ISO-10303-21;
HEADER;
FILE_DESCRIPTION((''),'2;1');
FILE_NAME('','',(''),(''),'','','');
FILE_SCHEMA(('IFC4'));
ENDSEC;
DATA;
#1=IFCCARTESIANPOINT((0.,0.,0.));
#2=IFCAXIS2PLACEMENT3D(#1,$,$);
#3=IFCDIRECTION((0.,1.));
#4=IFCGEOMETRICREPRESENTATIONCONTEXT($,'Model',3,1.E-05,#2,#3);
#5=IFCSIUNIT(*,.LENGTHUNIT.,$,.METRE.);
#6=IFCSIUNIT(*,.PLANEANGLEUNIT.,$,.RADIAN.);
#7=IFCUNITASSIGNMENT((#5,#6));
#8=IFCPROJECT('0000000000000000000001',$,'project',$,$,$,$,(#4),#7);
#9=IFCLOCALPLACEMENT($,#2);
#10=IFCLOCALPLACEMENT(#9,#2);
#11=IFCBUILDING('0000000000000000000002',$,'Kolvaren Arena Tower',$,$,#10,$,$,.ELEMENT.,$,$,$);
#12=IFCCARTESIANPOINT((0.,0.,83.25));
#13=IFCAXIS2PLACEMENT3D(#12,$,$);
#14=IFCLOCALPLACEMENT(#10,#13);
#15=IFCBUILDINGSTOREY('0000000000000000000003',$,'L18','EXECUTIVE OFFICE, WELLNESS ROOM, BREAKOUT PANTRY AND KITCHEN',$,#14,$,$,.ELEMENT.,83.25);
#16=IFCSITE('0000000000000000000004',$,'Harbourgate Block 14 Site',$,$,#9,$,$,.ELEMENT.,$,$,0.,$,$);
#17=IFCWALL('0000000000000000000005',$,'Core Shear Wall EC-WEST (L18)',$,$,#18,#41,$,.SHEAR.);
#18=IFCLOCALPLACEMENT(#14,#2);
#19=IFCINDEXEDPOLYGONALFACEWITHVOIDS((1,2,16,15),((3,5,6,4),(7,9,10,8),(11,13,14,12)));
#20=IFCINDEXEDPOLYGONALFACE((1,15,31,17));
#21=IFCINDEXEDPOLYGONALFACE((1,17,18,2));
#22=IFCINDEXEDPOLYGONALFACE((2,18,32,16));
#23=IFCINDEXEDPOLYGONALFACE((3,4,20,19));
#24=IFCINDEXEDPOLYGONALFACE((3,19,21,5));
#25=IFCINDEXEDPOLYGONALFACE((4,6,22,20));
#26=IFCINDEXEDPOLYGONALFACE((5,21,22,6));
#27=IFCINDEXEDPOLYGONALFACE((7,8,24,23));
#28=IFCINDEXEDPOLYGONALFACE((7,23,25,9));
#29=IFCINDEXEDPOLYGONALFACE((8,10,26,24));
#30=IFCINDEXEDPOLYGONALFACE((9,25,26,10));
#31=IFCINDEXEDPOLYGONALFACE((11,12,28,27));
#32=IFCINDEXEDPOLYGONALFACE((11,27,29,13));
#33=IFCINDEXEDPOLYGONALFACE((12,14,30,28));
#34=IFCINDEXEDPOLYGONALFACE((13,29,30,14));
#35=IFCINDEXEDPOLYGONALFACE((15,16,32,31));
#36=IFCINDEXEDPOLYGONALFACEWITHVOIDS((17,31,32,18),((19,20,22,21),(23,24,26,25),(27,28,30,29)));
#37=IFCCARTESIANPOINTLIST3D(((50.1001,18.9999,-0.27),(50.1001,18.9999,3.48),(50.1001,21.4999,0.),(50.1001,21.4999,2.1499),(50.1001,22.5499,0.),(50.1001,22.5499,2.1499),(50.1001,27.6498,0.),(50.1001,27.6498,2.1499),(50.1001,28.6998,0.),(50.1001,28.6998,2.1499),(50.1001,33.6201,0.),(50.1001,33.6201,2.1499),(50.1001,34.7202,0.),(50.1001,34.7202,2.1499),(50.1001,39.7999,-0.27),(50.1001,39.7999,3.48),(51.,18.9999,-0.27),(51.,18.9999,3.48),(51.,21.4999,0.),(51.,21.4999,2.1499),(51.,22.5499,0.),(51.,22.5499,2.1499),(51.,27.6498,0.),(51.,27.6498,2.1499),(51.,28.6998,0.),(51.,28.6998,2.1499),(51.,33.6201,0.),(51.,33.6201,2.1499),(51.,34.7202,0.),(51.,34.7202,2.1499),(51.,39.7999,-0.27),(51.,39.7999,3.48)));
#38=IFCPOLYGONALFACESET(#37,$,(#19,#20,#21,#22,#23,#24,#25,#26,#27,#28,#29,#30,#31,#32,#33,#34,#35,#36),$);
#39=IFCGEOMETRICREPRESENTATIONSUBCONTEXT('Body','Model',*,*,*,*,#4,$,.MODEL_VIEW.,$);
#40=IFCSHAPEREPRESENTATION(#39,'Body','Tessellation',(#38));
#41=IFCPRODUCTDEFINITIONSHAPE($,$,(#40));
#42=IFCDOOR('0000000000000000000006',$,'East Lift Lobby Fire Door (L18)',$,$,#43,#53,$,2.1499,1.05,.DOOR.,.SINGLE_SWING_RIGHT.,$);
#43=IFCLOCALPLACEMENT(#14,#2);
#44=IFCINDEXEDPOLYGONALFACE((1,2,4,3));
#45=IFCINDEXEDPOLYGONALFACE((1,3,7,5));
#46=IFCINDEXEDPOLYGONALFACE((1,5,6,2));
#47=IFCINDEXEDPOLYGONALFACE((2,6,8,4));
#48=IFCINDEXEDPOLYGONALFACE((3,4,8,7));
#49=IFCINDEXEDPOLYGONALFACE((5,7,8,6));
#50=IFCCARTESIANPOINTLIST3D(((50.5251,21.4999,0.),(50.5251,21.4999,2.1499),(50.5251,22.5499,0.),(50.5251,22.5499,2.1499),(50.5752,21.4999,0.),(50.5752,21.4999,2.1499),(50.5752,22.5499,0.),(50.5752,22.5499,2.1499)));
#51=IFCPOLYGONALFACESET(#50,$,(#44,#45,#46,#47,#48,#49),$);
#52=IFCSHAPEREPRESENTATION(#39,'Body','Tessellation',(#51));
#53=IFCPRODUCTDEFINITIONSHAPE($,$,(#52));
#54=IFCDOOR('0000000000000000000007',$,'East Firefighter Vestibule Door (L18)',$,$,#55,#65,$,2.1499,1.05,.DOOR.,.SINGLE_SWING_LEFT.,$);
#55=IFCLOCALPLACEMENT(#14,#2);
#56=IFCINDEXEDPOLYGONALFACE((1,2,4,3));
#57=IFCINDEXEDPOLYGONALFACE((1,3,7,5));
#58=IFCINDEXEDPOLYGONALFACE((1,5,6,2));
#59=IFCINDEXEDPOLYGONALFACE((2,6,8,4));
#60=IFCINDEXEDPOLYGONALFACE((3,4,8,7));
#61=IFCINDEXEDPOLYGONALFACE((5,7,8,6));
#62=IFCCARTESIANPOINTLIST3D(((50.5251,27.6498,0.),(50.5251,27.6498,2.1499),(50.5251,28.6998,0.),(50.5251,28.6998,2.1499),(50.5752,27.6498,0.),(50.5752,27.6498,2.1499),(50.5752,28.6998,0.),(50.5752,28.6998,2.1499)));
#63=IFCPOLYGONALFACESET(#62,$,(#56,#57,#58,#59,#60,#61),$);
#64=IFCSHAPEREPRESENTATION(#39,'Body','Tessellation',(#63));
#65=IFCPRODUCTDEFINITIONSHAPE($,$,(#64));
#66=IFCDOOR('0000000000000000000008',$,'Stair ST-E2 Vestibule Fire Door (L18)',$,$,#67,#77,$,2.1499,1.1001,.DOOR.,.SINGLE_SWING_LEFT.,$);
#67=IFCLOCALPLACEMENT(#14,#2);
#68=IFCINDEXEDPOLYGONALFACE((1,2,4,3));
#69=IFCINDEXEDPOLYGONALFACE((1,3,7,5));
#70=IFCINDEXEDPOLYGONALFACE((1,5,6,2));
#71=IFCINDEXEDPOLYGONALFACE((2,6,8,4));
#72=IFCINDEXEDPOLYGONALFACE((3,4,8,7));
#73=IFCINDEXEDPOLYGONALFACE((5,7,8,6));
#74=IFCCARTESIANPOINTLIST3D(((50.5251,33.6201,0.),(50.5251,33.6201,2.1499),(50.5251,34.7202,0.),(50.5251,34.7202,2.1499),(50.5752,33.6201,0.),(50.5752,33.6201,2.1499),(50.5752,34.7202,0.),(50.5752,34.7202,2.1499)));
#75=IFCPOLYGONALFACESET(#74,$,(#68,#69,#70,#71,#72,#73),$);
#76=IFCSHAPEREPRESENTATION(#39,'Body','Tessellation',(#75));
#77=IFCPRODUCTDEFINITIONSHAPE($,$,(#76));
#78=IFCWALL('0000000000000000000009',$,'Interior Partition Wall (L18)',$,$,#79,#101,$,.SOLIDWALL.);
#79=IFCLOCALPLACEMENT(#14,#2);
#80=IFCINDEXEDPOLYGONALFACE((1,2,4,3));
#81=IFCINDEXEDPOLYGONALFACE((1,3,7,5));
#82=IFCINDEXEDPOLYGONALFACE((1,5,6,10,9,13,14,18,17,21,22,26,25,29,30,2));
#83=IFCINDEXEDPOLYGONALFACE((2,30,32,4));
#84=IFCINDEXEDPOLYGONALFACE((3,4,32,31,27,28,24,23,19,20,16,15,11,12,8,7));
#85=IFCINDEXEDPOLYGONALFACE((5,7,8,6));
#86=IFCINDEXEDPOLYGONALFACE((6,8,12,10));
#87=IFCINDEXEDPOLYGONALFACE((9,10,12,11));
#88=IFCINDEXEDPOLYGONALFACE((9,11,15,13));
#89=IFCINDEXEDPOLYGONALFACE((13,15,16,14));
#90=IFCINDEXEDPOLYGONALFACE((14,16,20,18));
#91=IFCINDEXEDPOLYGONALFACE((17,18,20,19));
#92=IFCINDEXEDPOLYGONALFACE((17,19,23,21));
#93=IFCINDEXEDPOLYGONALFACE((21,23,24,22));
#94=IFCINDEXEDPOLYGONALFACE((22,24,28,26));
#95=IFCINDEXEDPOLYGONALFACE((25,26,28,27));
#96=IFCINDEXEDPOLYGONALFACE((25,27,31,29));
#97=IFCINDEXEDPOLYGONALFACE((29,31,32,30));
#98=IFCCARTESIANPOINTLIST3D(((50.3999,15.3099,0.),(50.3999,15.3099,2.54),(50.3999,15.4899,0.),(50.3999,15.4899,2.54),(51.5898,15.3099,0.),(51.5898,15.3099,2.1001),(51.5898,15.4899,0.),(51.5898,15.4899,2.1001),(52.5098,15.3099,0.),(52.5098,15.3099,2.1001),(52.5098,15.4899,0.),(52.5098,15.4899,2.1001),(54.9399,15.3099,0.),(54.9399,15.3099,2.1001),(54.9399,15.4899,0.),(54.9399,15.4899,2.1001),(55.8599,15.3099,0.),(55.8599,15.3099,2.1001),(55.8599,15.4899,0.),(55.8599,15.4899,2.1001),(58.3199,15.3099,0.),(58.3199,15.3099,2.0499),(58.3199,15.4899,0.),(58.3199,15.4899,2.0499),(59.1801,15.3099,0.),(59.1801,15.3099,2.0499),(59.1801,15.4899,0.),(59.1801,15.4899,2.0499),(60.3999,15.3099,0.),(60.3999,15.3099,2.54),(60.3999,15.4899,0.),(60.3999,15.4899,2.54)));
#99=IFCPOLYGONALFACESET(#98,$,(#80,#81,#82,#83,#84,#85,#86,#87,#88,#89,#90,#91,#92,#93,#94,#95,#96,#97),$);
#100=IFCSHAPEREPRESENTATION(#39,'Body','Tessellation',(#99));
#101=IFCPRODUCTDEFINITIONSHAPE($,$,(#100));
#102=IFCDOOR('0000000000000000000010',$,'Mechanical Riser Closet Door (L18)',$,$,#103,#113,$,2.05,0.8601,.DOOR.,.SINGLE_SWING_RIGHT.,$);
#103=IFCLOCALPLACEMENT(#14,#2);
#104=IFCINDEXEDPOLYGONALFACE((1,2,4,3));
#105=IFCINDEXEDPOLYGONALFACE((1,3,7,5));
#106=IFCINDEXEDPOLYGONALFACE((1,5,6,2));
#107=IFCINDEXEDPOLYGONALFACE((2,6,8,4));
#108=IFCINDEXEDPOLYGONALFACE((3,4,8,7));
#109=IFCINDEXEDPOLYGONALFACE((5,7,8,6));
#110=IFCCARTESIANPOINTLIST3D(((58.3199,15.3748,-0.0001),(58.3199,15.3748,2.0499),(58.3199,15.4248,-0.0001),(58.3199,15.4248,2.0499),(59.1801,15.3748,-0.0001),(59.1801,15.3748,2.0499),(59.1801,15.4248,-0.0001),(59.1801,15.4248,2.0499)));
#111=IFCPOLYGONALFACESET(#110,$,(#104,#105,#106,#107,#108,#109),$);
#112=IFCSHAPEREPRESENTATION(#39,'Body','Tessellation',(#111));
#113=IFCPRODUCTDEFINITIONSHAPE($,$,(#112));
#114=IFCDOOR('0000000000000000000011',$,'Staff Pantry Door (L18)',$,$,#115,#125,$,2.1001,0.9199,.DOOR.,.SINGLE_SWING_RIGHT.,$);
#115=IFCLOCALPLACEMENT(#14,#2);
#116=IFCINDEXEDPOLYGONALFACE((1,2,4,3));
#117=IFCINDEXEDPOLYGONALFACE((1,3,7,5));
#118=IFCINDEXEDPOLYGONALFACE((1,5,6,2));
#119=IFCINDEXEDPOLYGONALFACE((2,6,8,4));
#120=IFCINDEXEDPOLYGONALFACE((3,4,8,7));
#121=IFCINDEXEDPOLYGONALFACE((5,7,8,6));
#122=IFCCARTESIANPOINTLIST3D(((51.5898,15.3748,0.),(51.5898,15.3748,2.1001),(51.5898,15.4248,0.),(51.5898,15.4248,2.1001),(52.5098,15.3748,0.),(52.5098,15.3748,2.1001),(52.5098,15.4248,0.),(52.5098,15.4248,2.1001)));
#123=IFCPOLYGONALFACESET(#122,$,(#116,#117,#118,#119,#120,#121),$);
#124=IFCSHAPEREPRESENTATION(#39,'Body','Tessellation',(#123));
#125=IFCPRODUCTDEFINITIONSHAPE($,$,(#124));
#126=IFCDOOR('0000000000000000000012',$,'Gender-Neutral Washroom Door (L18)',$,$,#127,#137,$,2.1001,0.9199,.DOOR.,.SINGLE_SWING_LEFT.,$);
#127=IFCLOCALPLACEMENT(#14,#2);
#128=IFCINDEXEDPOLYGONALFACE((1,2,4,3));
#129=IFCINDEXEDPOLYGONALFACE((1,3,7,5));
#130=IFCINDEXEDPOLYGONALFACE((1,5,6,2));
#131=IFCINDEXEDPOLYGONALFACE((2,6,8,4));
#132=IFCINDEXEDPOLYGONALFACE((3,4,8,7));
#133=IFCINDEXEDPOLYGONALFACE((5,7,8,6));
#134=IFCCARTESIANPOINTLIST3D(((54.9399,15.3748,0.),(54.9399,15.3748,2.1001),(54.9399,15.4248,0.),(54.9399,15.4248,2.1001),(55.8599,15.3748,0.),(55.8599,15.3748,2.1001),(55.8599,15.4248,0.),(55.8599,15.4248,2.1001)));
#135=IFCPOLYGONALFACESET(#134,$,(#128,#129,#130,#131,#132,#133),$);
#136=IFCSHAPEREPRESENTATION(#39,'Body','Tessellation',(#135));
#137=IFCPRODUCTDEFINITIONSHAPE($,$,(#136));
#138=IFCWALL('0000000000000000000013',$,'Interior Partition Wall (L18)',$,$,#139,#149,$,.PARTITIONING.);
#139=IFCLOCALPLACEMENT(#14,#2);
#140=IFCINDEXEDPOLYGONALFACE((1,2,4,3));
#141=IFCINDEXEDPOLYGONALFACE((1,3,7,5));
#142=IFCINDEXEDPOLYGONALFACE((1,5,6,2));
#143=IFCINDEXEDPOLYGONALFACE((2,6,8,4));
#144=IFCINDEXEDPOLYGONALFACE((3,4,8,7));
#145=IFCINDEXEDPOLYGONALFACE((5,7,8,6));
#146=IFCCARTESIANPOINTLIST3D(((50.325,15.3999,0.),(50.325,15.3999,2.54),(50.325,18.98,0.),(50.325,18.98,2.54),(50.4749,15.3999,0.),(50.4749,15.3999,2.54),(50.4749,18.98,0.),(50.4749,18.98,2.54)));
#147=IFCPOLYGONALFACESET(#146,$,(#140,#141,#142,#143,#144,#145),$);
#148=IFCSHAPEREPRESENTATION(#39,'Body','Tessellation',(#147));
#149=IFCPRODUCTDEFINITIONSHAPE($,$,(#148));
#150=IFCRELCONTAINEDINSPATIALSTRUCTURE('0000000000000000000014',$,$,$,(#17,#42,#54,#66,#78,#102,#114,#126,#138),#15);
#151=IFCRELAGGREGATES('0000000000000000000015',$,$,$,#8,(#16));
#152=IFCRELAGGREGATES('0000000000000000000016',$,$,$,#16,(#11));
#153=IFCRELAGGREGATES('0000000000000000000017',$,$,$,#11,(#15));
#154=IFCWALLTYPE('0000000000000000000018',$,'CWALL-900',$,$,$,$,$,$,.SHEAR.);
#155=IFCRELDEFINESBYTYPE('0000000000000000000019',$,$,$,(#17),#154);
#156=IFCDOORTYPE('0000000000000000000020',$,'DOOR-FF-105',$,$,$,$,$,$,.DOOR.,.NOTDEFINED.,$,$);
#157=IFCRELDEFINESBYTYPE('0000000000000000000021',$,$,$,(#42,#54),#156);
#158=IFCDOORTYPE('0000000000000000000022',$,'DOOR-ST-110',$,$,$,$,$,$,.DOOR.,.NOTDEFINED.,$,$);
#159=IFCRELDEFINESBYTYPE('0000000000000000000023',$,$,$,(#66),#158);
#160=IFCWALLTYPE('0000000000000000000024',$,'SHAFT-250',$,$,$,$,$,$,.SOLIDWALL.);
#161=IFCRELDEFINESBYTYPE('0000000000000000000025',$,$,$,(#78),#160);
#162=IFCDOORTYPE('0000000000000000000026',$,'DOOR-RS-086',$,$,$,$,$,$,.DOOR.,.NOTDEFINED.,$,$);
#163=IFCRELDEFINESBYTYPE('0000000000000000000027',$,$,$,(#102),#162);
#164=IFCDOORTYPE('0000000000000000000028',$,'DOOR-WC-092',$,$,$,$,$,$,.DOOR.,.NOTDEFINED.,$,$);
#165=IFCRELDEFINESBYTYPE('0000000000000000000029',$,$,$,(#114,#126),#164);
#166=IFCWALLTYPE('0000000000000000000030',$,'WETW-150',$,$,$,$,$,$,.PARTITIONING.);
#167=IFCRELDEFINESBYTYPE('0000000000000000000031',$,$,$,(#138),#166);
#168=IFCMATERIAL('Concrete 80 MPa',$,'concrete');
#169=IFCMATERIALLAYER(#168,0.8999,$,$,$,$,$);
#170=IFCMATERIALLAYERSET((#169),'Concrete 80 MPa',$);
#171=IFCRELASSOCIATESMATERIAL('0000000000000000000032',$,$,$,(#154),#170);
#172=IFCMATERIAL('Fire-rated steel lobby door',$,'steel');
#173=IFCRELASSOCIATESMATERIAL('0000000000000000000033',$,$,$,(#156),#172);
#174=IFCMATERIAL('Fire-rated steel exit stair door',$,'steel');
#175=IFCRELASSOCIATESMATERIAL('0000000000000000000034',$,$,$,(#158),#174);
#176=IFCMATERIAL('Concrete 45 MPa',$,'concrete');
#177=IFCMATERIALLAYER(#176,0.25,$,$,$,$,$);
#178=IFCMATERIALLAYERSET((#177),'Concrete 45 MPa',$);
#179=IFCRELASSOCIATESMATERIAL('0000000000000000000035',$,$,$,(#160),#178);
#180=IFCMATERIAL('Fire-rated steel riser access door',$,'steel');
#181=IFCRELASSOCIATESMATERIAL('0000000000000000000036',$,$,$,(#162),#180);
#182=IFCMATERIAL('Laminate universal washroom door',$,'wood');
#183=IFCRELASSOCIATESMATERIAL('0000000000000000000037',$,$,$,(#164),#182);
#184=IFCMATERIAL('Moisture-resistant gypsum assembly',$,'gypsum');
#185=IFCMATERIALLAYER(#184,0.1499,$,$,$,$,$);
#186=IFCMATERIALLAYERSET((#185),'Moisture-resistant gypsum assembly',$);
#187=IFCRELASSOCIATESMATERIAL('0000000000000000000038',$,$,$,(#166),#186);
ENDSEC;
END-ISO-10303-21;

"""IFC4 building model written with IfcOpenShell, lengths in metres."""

from ifc_helpers import new_model, si_unit, direction, frame, frame_2d, origin, place, context, subcontext, project, spatial, rectangle, extrude, material, layer, layer_set, type_object, element, fill, save


model = new_model("IFC4")

# Units and contexts
model_context = context("Model", 3, precision=1e-05, world=origin(), true_north=direction((0.0, 1.0)))
body_context = subcontext(model_context, "Body", "Model", "MODEL_VIEW")
ifc_project = project(units=[si_unit("LENGTHUNIT", "METRE"), si_unit("PLANEANGLEUNIT", "RADIAN")], contexts=[model_context])

# Site, building, storey
site_placement = place(None, origin())
site = spatial("IfcSite", under=ifc_project, at=site_placement, Name="Harbourgate Block 14 Site", CompositionType="ELEMENT", RefElevation=0.0)
building_placement = place(site_placement, origin())
building = spatial("IfcBuilding", under=site, at=building_placement, Name="Kolvaren Arena Tower", CompositionType="ELEMENT")
storey_placement = place(building_placement, frame((0.0, 0.0, 83.25)))
storey = spatial("IfcBuildingStorey", under=building, at=storey_placement, Name="L18", Description="EXECUTIVE OFFICE, WELLNESS ROOM, BREAKOUT PANTRY AND KITCHEN", CompositionType="ELEMENT", Elevation=83.25)

# Walls, openings, doors
ifc_material_1 = material(Name="Concrete 80 MPa", Category="concrete")
ifc_layer_1 = layer(ifc_material_1, 0.8999)
ifc_layer_set_1 = layer_set([ifc_layer_1], Name="Concrete 80 MPa")
wall_type_1 = type_object("IfcWallType", Name="CWALL-900", PredefinedType="SHEAR", material=ifc_layer_set_1)
wall_1_placement = place(storey_placement, frame((50.55, 19.0, -0.27), z_axis=(0.0, 0.0, 1.0), x_axis=(0.0, 1.0, 0.0)))
wall_1 = element("IfcWall", 1, at=wall_1_placement, inside=storey, type_object=wall_type_1, Name="Core Shear Wall EC-WEST (L18)", PredefinedType="SHEAR", context=body_context, shape_type="SweptSolid", body=[
    extrude(rectangle(XDim=20.8, YDim=0.8999, at=frame_2d((10.3999, 0.0))), origin(), (0.0, 0.0, 1.0), 3.75),
])
opening_1_placement = place(wall_1_placement, frame((2.5, 0.0, 0.27)))
opening_1 = element("IfcOpeningElement", 2, at=opening_1_placement, cuts=wall_1, PredefinedType="OPENING", context=body_context, shape_type="SweptSolid", body=[
    extrude(rectangle(XDim=1.05, YDim=2.1499, at=frame_2d((0.5249, 1.075))), frame((0.0, 0.46, 0.0), z_axis=(0.0, -1.0, 0.0), x_axis=(1.0, 0.0, 0.0)), (0.0, 0.0, 1.0), 0.9199),
])
opening_2_placement = place(wall_1_placement, frame((8.6499, 0.0, 0.27)))
opening_2 = element("IfcOpeningElement", 3, at=opening_2_placement, cuts=wall_1, PredefinedType="OPENING", context=body_context, shape_type="SweptSolid", body=[
    extrude(rectangle(XDim=1.05, YDim=2.1499, at=frame_2d((0.5249, 1.075))), frame((0.0, 0.46, 0.0), z_axis=(0.0, -1.0, 0.0), x_axis=(1.0, 0.0, 0.0)), (0.0, 0.0, 1.0), 0.9199),
])
opening_3_placement = place(wall_1_placement, frame((14.6201, 0.0, 0.27)))
opening_3 = element("IfcOpeningElement", 4, at=opening_3_placement, cuts=wall_1, PredefinedType="OPENING", context=body_context, shape_type="SweptSolid", body=[
    extrude(rectangle(XDim=1.1001, YDim=2.1499, at=frame_2d((0.55, 1.075))), frame((0.0, 0.46, 0.0), z_axis=(0.0, -1.0, 0.0), x_axis=(1.0, 0.0, 0.0)), (0.0, 0.0, 1.0), 0.9199),
])
ifc_material_2 = material(Name="Fire-rated steel lobby door", Category="steel")
door_type_1 = type_object("IfcDoorType", Name="DOOR-FF-105", OperationType="NOTDEFINED", PredefinedType="DOOR", material=ifc_material_2)
door_1_placement = place(opening_1_placement, origin())
door_1 = element("IfcDoor", 5, at=door_1_placement, inside=storey, type_object=door_type_1, Name="East Lift Lobby Fire Door (L18)", OperationType="SINGLE_SWING_RIGHT", OverallHeight=2.1499, OverallWidth=1.05, PredefinedType="DOOR", context=body_context, shape_type="SweptSolid", body=[
    extrude(rectangle(XDim=1.05, YDim=2.1499, at=frame_2d((0.5249, 1.075))), frame((0.0, 0.0249, 0.0), z_axis=(0.0, -1.0, 0.0), x_axis=(1.0, 0.0, 0.0)), (0.0, 0.0, 1.0), 0.05),
])
fill(opening_1, door_1)
door_2_placement = place(opening_2_placement, origin())
door_2 = element("IfcDoor", 6, at=door_2_placement, inside=storey, type_object=door_type_1, Name="East Firefighter Vestibule Door (L18)", OperationType="SINGLE_SWING_LEFT", OverallHeight=2.1499, OverallWidth=1.05, PredefinedType="DOOR", context=body_context, shape_type="SweptSolid", body=[
    extrude(rectangle(XDim=1.05, YDim=2.1499, at=frame_2d((0.5249, 1.075))), frame((0.0, 0.0249, 0.0), z_axis=(0.0, -1.0, 0.0), x_axis=(1.0, 0.0, 0.0)), (0.0, 0.0, 1.0), 0.05),
])
fill(opening_2, door_2)
ifc_material_3 = material(Name="Fire-rated steel exit stair door", Category="steel")
door_type_2 = type_object("IfcDoorType", Name="DOOR-ST-110", OperationType="NOTDEFINED", PredefinedType="DOOR", material=ifc_material_3)
door_3_placement = place(opening_3_placement, origin())
door_3 = element("IfcDoor", 7, at=door_3_placement, inside=storey, type_object=door_type_2, Name="Stair ST-E2 Vestibule Fire Door (L18)", OperationType="SINGLE_SWING_LEFT", OverallHeight=2.1499, OverallWidth=1.1001, PredefinedType="DOOR", context=body_context, shape_type="SweptSolid", body=[
    extrude(rectangle(XDim=1.1001, YDim=2.1499, at=frame_2d((0.55, 1.075))), frame((0.0, 0.0249, 0.0), z_axis=(0.0, -1.0, 0.0), x_axis=(1.0, 0.0, 0.0)), (0.0, 0.0, 1.0), 0.05),
])
fill(opening_3, door_3)
ifc_material_4 = material(Name="Concrete 45 MPa", Category="concrete")
ifc_layer_2 = layer(ifc_material_4, 0.25)
ifc_layer_set_2 = layer_set([ifc_layer_2], Name="Concrete 45 MPa")
wall_type_2 = type_object("IfcWallType", Name="SHAFT-250", PredefinedType="SOLIDWALL", material=ifc_layer_set_2)
wall_2_placement = place(storey_placement, frame((50.3999, 15.3999, 0.0), z_axis=(0.0, 0.0, 1.0), x_axis=(1.0, 0.0, 0.0)))
wall_2 = element("IfcWall", 8, at=wall_2_placement, inside=storey, type_object=wall_type_2, Name="Interior Partition Wall (L18)", PredefinedType="SOLIDWALL", context=body_context, shape_type="SweptSolid", body=[
    extrude(rectangle(XDim=10.0, YDim=0.1799, at=frame_2d((5.0, 0.0))), origin(), (0.0, 0.0, 1.0), 2.54),
])
opening_4_placement = place(wall_2_placement, frame((1.1899, 0.0, 0.0)))
opening_4 = element("IfcOpeningElement", 9, at=opening_4_placement, cuts=wall_2, PredefinedType="OPENING", context=body_context, shape_type="SweptSolid", body=[
    extrude(rectangle(XDim=0.9199, YDim=2.1001, at=frame_2d((0.46, 1.05))), frame((0.0, 0.0999, 0.0), z_axis=(0.0, -1.0, 0.0), x_axis=(1.0, 0.0, 0.0)), (0.0, 0.0, 1.0), 0.2),
])
opening_5_placement = place(wall_2_placement, frame((4.54, 0.0, 0.0)))
opening_5 = element("IfcOpeningElement", 10, at=opening_5_placement, cuts=wall_2, PredefinedType="OPENING", context=body_context, shape_type="SweptSolid", body=[
    extrude(rectangle(XDim=0.9199, YDim=2.1001, at=frame_2d((0.46, 1.05))), frame((0.0, 0.0999, 0.0), z_axis=(0.0, -1.0, 0.0), x_axis=(1.0, 0.0, 0.0)), (0.0, 0.0, 1.0), 0.2),
])
opening_6_placement = place(wall_2_placement, frame((7.9199, 0.0, 0.0)))
opening_6 = element("IfcOpeningElement", 11, at=opening_6_placement, cuts=wall_2, PredefinedType="OPENING", context=body_context, shape_type="SweptSolid", body=[
    extrude(rectangle(XDim=0.8601, YDim=2.05, at=frame_2d((0.4302, 1.0249))), frame((0.0, 0.0999, 0.0), z_axis=(0.0, -1.0, 0.0), x_axis=(1.0, 0.0, 0.0)), (0.0, 0.0, 1.0), 0.2),
])
ifc_material_5 = material(Name="Fire-rated steel riser access door", Category="steel")
door_type_3 = type_object("IfcDoorType", Name="DOOR-RS-086", OperationType="NOTDEFINED", PredefinedType="DOOR", material=ifc_material_5)
door_4_placement = place(opening_6_placement, origin())
door_4 = element("IfcDoor", 12, at=door_4_placement, inside=storey, type_object=door_type_3, Name="Mechanical Riser Closet Door (L18)", OperationType="SINGLE_SWING_RIGHT", OverallHeight=2.05, OverallWidth=0.8601, PredefinedType="DOOR", context=body_context, shape_type="SweptSolid", body=[
    extrude(rectangle(XDim=0.8601, YDim=2.05, at=frame_2d((0.4302, 1.0249))), frame((0.0, 0.0249, 0.0), z_axis=(0.0, -1.0, 0.0), x_axis=(1.0, 0.0, 0.0)), (0.0, 0.0, 1.0), 0.05),
])
fill(opening_6, door_4)
ifc_material_6 = material(Name="Laminate universal washroom door", Category="wood")
door_type_4 = type_object("IfcDoorType", Name="DOOR-WC-092", OperationType="NOTDEFINED", PredefinedType="DOOR", material=ifc_material_6)
door_5_placement = place(opening_4_placement, origin())
door_5 = element("IfcDoor", 13, at=door_5_placement, inside=storey, type_object=door_type_4, Name="Staff Pantry Door (L18)", OperationType="SINGLE_SWING_RIGHT", OverallHeight=2.1001, OverallWidth=0.9199, PredefinedType="DOOR", context=body_context, shape_type="SweptSolid", body=[
    extrude(rectangle(XDim=0.9199, YDim=2.1001, at=frame_2d((0.46, 1.05))), frame((0.0, 0.0249, 0.0), z_axis=(0.0, -1.0, 0.0), x_axis=(1.0, 0.0, 0.0)), (0.0, 0.0, 1.0), 0.05),
])
fill(opening_4, door_5)
door_6_placement = place(opening_5_placement, origin())
door_6 = element("IfcDoor", 14, at=door_6_placement, inside=storey, type_object=door_type_4, Name="Gender-Neutral Washroom Door (L18)", OperationType="SINGLE_SWING_LEFT", OverallHeight=2.1001, OverallWidth=0.9199, PredefinedType="DOOR", context=body_context, shape_type="SweptSolid", body=[
    extrude(rectangle(XDim=0.9199, YDim=2.1001, at=frame_2d((0.46, 1.05))), frame((0.0, 0.0249, 0.0), z_axis=(0.0, -1.0, 0.0), x_axis=(1.0, 0.0, 0.0)), (0.0, 0.0, 1.0), 0.05),
])
fill(opening_5, door_6)

# Wall
ifc_material_7 = material(Name="Moisture-resistant gypsum assembly", Category="gypsum")
ifc_layer_3 = layer(ifc_material_7, 0.1499)
ifc_layer_set_3 = layer_set([ifc_layer_3], Name="Moisture-resistant gypsum assembly")
wall_type_3 = type_object("IfcWallType", Name="WETW-150", PredefinedType="PARTITIONING", material=ifc_layer_set_3)
wall_3_placement = place(storey_placement, frame((50.3999, 15.3999, 0.0), z_axis=(0.0, 0.0, 1.0), x_axis=(0.0, 1.0, 0.0)))
element("IfcWall", 15, at=wall_3_placement, inside=storey, type_object=wall_type_3, Name="Interior Partition Wall (L18)", PredefinedType="PARTITIONING", context=body_context, shape_type="SweptSolid", body=[
    extrude(rectangle(XDim=3.5801, YDim=0.1499, at=frame_2d((1.79, 0.0))), origin(), (0.0, 0.0, 1.0), 2.54),
])

save(model, "model.ifc")
